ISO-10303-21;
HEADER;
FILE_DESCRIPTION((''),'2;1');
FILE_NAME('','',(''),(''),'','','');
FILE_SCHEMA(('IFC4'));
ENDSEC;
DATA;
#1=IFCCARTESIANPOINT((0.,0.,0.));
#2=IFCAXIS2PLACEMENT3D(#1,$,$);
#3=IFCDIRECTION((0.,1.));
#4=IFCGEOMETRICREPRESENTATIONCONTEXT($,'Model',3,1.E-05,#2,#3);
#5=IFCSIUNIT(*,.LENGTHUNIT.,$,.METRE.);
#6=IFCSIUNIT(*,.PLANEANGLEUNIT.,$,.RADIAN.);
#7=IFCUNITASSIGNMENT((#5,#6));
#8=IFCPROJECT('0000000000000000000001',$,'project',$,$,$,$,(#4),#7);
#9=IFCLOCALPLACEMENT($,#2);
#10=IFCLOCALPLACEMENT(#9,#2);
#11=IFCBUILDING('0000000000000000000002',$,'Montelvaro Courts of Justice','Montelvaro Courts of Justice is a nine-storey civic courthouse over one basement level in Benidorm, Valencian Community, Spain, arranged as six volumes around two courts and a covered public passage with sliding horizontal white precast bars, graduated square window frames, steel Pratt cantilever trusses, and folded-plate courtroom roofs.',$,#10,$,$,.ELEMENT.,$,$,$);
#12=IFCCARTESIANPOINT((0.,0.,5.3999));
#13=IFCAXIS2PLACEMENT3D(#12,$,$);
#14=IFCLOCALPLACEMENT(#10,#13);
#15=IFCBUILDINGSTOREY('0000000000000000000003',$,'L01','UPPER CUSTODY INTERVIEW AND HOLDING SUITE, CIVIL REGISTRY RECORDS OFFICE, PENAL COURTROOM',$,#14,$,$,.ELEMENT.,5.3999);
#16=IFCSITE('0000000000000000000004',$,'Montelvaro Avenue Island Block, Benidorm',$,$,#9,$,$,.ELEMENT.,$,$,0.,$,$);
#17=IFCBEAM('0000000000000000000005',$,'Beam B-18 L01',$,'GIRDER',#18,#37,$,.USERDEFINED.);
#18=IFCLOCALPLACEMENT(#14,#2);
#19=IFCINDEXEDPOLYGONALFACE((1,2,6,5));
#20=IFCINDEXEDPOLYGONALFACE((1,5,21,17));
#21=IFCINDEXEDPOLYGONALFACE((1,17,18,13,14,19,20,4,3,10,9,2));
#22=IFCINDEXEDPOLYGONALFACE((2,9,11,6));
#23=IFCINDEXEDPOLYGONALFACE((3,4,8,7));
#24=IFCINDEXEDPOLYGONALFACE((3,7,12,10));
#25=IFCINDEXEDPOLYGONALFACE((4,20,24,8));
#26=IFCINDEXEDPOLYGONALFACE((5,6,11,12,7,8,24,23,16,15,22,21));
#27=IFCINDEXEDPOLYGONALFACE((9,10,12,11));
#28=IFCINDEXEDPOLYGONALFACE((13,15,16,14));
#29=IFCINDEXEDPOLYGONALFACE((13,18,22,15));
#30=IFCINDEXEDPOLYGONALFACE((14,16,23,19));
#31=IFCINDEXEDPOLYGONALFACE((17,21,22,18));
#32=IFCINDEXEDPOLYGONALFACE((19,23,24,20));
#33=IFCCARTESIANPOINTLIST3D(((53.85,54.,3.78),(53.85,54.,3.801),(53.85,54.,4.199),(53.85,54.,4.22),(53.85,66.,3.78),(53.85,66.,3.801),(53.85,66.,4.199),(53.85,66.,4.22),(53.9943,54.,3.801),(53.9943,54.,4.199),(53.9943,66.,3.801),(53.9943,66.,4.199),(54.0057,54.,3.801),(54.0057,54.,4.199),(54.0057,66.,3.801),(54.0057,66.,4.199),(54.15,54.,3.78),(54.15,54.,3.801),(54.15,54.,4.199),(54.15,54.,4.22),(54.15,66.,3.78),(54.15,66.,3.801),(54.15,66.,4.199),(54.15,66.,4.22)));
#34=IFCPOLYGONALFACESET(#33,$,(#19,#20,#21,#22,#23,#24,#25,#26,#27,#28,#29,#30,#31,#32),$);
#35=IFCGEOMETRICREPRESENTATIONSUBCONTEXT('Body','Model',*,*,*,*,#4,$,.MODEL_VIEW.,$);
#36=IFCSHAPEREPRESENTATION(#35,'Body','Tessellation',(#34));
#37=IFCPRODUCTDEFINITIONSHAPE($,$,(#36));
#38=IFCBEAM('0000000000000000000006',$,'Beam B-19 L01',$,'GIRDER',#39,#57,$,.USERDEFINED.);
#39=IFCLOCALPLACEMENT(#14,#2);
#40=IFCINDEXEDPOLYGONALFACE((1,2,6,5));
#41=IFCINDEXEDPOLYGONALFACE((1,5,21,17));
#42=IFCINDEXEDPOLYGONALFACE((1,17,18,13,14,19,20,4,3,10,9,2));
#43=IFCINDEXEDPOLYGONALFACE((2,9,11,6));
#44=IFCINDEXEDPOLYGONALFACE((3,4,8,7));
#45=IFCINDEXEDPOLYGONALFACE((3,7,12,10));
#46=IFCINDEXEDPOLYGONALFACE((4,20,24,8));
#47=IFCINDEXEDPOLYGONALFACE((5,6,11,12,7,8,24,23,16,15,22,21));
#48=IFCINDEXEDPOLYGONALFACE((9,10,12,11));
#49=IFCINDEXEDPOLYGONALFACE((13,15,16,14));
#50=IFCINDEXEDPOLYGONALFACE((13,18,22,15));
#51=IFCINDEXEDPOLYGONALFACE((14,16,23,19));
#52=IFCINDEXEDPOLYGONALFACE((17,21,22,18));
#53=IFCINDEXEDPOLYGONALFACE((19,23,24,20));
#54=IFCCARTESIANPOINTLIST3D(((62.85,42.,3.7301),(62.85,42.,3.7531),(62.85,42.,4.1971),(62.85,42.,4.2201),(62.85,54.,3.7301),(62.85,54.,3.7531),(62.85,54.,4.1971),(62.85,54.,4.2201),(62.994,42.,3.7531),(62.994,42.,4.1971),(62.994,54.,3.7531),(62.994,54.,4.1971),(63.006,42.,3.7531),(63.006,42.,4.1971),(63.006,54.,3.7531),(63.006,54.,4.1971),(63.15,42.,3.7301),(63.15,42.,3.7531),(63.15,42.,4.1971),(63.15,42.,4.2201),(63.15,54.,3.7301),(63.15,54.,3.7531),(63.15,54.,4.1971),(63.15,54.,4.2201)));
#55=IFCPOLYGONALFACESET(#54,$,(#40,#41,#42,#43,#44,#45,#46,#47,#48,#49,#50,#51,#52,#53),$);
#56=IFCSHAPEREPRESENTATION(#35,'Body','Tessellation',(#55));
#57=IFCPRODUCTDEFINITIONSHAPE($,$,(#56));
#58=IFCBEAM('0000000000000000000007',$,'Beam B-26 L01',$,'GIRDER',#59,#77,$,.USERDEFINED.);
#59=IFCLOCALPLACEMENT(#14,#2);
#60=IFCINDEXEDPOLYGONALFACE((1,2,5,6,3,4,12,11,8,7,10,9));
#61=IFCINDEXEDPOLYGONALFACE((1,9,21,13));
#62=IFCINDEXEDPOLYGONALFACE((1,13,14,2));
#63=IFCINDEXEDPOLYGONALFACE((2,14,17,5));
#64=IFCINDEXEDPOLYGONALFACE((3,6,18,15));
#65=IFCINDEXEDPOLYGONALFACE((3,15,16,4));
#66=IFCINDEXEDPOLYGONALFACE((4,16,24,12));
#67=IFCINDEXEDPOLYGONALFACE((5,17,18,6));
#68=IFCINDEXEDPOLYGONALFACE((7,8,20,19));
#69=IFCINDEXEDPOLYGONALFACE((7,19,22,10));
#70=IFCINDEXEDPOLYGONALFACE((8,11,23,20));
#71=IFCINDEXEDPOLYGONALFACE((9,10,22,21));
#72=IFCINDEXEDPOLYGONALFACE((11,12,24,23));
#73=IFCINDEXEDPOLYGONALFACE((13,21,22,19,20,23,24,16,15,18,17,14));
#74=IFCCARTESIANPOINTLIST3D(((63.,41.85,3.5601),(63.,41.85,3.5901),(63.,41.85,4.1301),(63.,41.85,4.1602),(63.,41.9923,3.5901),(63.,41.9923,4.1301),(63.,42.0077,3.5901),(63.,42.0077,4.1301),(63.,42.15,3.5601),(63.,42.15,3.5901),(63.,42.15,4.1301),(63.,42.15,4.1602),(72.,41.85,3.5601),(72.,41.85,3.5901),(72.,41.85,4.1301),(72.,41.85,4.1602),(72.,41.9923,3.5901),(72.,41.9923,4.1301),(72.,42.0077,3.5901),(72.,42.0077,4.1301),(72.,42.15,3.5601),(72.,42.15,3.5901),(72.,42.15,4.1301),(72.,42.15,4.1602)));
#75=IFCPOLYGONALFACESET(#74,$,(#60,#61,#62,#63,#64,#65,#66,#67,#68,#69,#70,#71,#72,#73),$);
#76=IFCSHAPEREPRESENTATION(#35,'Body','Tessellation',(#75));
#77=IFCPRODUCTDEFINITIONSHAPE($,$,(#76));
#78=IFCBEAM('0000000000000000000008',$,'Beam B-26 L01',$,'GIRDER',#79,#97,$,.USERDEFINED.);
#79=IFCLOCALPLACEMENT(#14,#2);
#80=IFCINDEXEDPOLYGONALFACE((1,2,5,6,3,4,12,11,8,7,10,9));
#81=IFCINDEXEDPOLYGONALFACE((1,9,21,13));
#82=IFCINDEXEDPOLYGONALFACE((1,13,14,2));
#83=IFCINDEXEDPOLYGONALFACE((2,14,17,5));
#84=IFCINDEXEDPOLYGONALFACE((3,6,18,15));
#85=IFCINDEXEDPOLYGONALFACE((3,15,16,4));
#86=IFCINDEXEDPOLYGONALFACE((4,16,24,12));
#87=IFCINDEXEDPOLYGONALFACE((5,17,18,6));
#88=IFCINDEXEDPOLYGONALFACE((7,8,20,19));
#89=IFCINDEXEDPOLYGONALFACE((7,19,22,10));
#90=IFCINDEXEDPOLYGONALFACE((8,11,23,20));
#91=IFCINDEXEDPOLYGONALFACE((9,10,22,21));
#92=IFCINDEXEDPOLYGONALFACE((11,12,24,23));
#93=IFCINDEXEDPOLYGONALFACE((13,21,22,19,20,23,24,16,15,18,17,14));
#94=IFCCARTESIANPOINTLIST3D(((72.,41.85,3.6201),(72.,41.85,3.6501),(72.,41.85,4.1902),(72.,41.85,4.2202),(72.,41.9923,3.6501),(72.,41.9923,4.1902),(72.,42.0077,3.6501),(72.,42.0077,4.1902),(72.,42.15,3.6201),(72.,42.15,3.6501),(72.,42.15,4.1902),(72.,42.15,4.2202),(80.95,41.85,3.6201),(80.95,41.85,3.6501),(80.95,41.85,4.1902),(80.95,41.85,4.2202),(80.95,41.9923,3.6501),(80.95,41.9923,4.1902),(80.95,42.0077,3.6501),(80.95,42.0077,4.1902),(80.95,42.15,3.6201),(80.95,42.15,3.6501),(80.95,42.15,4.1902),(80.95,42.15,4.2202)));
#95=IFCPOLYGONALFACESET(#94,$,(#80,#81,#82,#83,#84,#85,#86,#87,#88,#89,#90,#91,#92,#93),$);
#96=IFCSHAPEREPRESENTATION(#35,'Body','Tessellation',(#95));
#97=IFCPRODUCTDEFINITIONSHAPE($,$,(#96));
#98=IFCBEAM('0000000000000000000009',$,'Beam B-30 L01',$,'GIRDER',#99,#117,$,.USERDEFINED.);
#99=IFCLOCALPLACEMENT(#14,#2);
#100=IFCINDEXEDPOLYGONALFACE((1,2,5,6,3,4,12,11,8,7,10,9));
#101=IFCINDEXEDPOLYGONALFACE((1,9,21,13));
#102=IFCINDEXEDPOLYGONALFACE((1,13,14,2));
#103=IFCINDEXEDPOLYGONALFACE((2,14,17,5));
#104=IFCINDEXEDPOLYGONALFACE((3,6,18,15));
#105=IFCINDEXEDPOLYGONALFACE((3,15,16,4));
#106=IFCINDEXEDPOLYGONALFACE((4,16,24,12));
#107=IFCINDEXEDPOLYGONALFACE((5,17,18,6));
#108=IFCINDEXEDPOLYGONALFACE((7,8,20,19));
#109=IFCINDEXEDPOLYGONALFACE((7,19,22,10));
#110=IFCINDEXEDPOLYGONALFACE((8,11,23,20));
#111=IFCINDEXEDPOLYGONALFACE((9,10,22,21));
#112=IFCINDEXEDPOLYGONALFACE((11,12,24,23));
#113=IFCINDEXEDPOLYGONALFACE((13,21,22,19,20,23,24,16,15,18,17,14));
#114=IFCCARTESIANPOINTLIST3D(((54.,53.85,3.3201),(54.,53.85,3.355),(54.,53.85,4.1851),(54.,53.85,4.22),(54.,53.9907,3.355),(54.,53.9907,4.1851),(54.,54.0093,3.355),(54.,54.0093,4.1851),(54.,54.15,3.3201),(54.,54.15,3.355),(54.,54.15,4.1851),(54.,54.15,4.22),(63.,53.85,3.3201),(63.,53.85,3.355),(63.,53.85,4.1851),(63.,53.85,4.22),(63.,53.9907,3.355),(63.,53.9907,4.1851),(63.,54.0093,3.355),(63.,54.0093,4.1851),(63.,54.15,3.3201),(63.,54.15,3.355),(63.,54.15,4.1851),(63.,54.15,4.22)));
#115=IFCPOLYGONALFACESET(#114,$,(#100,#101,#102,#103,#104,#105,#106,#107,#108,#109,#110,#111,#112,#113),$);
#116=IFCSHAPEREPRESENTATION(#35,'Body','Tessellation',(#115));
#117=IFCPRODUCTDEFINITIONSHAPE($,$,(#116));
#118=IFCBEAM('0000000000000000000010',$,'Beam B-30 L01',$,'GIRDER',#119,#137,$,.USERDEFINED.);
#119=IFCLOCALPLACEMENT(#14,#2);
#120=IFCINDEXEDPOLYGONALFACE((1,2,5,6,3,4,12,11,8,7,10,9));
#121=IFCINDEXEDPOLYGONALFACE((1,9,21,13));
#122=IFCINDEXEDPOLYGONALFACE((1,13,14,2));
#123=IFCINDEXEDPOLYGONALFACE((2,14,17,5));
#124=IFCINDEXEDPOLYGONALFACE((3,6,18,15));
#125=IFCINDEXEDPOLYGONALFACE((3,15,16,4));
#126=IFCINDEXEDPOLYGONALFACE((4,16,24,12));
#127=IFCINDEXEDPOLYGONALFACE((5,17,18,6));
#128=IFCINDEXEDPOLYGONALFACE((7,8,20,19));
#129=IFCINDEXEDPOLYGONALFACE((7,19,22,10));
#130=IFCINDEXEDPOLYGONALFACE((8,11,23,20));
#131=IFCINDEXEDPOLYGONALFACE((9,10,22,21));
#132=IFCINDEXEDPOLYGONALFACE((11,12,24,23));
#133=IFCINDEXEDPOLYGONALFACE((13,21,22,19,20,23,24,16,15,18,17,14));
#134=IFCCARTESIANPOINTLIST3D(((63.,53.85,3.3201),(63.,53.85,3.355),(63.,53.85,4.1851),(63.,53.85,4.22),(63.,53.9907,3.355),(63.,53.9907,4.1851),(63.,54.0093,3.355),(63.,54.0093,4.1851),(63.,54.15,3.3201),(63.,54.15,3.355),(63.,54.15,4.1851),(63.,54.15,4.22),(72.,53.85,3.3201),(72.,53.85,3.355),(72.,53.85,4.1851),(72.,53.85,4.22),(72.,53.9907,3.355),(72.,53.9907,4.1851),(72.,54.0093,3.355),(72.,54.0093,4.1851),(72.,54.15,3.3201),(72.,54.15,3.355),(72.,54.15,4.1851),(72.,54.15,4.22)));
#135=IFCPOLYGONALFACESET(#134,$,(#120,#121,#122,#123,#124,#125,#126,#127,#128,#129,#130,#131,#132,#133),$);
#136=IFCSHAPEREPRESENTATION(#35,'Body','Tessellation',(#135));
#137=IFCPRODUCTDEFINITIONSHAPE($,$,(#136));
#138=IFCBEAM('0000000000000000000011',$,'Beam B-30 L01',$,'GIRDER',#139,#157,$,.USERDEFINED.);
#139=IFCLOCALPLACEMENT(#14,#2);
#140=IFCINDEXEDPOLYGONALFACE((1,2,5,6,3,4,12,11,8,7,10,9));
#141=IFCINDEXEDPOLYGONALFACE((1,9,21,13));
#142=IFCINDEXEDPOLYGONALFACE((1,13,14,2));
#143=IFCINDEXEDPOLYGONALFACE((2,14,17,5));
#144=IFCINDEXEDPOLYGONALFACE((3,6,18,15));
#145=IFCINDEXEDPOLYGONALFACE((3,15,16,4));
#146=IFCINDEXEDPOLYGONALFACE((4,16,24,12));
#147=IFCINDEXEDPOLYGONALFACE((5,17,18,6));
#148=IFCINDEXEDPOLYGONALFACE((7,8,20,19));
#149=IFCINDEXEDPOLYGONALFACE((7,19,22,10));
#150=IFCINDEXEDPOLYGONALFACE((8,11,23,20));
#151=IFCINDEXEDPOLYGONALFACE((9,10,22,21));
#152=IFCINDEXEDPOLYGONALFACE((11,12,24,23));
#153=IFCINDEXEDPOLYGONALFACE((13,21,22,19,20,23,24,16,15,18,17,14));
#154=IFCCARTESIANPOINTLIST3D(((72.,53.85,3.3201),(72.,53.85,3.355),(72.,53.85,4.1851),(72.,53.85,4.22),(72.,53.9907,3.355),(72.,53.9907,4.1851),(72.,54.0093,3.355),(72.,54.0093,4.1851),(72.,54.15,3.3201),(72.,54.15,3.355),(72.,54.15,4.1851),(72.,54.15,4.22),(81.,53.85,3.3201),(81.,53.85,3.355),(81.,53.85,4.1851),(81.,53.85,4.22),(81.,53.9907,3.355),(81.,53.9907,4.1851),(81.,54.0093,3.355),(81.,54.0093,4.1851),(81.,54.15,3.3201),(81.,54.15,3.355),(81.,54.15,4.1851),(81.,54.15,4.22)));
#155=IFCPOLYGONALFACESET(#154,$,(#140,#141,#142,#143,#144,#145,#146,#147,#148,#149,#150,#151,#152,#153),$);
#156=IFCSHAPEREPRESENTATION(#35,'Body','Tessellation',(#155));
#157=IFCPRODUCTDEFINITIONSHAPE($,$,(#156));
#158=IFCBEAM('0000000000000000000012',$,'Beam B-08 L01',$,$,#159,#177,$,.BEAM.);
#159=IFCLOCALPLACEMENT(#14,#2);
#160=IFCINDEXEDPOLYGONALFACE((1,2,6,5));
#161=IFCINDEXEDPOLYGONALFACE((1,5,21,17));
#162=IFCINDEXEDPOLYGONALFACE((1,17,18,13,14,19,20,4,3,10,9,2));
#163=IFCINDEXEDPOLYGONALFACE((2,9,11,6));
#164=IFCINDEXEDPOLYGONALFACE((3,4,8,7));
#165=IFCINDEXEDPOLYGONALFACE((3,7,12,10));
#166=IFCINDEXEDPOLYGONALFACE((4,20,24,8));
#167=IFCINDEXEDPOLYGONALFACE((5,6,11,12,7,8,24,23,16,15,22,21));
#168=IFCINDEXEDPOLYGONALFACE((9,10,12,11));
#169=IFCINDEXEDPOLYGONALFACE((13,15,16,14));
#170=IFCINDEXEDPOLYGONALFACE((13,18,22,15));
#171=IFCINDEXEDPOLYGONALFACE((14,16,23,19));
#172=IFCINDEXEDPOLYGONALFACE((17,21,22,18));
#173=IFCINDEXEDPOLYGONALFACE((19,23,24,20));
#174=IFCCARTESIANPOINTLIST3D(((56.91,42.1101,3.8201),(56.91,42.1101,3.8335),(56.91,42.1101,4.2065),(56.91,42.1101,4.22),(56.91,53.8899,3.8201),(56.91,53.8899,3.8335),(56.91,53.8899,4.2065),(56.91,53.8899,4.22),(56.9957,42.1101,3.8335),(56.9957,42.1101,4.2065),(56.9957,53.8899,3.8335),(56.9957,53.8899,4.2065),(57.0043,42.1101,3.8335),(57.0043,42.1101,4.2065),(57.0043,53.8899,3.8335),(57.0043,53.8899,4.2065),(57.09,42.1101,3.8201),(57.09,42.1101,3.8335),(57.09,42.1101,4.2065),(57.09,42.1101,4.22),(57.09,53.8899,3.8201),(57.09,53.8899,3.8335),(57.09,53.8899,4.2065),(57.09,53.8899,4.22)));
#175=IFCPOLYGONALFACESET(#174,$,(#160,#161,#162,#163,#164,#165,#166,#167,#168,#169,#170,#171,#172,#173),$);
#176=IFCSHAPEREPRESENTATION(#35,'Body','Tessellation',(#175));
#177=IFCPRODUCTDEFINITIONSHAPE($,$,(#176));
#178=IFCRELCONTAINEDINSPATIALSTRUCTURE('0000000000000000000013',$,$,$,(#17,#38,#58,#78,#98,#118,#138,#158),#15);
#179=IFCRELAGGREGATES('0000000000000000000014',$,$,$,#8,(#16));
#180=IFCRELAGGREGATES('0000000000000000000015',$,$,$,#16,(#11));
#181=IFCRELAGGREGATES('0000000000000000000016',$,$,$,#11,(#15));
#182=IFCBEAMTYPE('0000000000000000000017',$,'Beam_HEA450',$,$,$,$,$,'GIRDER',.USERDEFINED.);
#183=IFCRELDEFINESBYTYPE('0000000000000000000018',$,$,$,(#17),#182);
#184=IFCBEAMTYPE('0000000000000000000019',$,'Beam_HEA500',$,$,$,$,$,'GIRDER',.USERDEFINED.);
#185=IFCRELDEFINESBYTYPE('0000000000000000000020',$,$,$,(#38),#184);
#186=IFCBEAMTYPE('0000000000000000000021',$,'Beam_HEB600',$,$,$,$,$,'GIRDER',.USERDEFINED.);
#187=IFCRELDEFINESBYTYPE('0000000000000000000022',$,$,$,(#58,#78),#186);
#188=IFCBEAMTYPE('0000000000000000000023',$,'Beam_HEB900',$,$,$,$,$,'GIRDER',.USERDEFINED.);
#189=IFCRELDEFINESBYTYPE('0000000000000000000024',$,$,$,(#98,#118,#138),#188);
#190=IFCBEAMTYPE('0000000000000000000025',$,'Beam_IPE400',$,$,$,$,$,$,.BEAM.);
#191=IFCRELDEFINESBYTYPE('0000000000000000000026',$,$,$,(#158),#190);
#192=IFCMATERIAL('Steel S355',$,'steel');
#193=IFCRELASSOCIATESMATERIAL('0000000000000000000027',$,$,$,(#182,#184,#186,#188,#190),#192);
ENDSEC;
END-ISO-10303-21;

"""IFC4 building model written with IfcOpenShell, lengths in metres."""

from ifc_helpers import new_model, si_unit, direction, frame, origin, origin_2d, place, context, subcontext, project, spatial, i_section, extrude, material, material_profile, profile_set, type_object, element, save


model = new_model("IFC4")

# Units and contexts
model_context = context("Model", 3, precision=1e-05, world=origin(), true_north=direction((0.0, 1.0)))
body_context = subcontext(model_context, "Body", "Model", "MODEL_VIEW")
ifc_project = project(units=[si_unit("LENGTHUNIT", "METRE"), si_unit("PLANEANGLEUNIT", "RADIAN")], contexts=[model_context])

# Site, building, storey
site_placement = place(None, origin())
site = spatial("IfcSite", under=ifc_project, at=site_placement, Name="Montelvaro Avenue Island Block, Benidorm", CompositionType="ELEMENT", RefElevation=0.0)
building_placement = place(site_placement, origin())
building = spatial("IfcBuilding", under=site, at=building_placement, Name="Montelvaro Courts of Justice", Description="Montelvaro Courts of Justice is a nine-storey civic courthouse over one basement level in Benidorm, Valencian Community, Spain, arranged as six volumes around two courts and a covered public passage with sliding horizontal white precast bars, graduated square window frames, steel Pratt cantilever trusses, and folded-plate courtroom roofs.", CompositionType="ELEMENT")
storey_placement = place(building_placement, frame((0.0, 0.0, 5.3999)))
storey = spatial("IfcBuildingStorey", under=building, at=storey_placement, Name="L01", Description="UPPER CUSTODY INTERVIEW AND HOLDING SUITE, CIVIL REGISTRY RECORDS OFFICE, PENAL COURTROOM", CompositionType="ELEMENT", Elevation=5.3999)

# Shared definitions
ifc_material_1 = material(Name="Steel S355", Category="steel")

# Beams
ifc_material_profile_1 = material_profile(ifc_material_1, i_section(OverallWidth=0.3, OverallDepth=0.4399, WebThickness=0.0115, FlangeThickness=0.021, at=origin_2d()), Name="HEA 450")
ifc_profile_set_1 = profile_set([ifc_material_profile_1], Name="Steel S355")
beam_type_1 = type_object("IfcBeamType", Name="Beam_HEA450", ElementType="GIRDER", PredefinedType="USERDEFINED", material=ifc_profile_set_1)
beam_1_placement = place(storey_placement, frame((54.0, 54.0, 4.0), z_axis=(0.0, 1.0, 0.0), x_axis=(-1.0, 0.0, 0.0)))
element("IfcBeam", 1, at=beam_1_placement, inside=storey, type_object=beam_type_1, Name="Beam B-18 L01", ObjectType="GIRDER", PredefinedType="USERDEFINED", context=body_context, shape_type="SweptSolid", body=[
    extrude(i_section(OverallWidth=0.3, OverallDepth=0.4399, WebThickness=0.0115, FlangeThickness=0.021, at=origin_2d()), origin(), (0.0, 0.0, 1.0), 12.0),
])
ifc_material_profile_2 = material_profile(ifc_material_1, i_section(OverallWidth=0.3, OverallDepth=0.49, WebThickness=0.012, FlangeThickness=0.0229, at=origin_2d()), Name="HEA 500")
ifc_profile_set_2 = profile_set([ifc_material_profile_2], Name="Steel S355")
beam_type_2 = type_object("IfcBeamType", Name="Beam_HEA500", ElementType="GIRDER", PredefinedType="USERDEFINED", material=ifc_profile_set_2)
beam_2_placement = place(storey_placement, frame((63.0, 42.0, 3.9751), z_axis=(0.0, 1.0, 0.0), x_axis=(-1.0, 0.0, 0.0)))
element("IfcBeam", 2, at=beam_2_placement, inside=storey, type_object=beam_type_2, Name="Beam B-19 L01", ObjectType="GIRDER", PredefinedType="USERDEFINED", context=body_context, shape_type="SweptSolid", body=[
    extrude(i_section(OverallWidth=0.3, OverallDepth=0.49, WebThickness=0.012, FlangeThickness=0.0229, at=origin_2d()), origin(), (0.0, 0.0, 1.0), 12.0),
])
ifc_material_profile_3 = material_profile(ifc_material_1, i_section(OverallWidth=0.3, OverallDepth=0.6001, WebThickness=0.0154, FlangeThickness=0.03, at=origin_2d()), Name="HEB 600")
ifc_profile_set_3 = profile_set([ifc_material_profile_3], Name="Steel S355")
beam_type_3 = type_object("IfcBeamType", Name="Beam_HEB600", ElementType="GIRDER", PredefinedType="USERDEFINED", material=ifc_profile_set_3)
beam_3_placement = place(storey_placement, frame((63.0, 42.0, 3.8601), z_axis=(1.0, 0.0, 0.0), x_axis=(0.0, 1.0, 0.0)))
element("IfcBeam", 3, at=beam_3_placement, inside=storey, type_object=beam_type_3, Name="Beam B-26 L01", ObjectType="GIRDER", PredefinedType="USERDEFINED", context=body_context, shape_type="SweptSolid", body=[
    extrude(i_section(OverallWidth=0.3, OverallDepth=0.6001, WebThickness=0.0154, FlangeThickness=0.03, at=origin_2d()), origin(), (0.0, 0.0, 1.0), 9.0),
])
beam_4_placement = place(storey_placement, frame((72.0, 42.0, 3.9202), z_axis=(1.0, 0.0, 0.0), x_axis=(0.0, 1.0, 0.0)))
element("IfcBeam", 4, at=beam_4_placement, inside=storey, type_object=beam_type_3, Name="Beam B-26 L01", ObjectType="GIRDER", PredefinedType="USERDEFINED", context=body_context, shape_type="SweptSolid", body=[
    extrude(i_section(OverallWidth=0.3, OverallDepth=0.6001, WebThickness=0.0154, FlangeThickness=0.03, at=origin_2d()), origin(), (0.0, 0.0, 1.0), 8.95),
])
ifc_material_profile_4 = material_profile(ifc_material_1, i_section(OverallWidth=0.3, OverallDepth=0.8999, WebThickness=0.0186, FlangeThickness=0.0349, at=origin_2d()), Name="HEB 900")
ifc_profile_set_4 = profile_set([ifc_material_profile_4], Name="Steel S355")
beam_type_4 = type_object("IfcBeamType", Name="Beam_HEB900", ElementType="GIRDER", PredefinedType="USERDEFINED", material=ifc_profile_set_4)
for number, where, z_axis, x_axis, name in (
    (5, (54.0, 54.0, 3.77), (1.0, 0.0, 0.0), (0.0, 1.0, 0.0), "Beam B-30 L01"),
    (6, (63.0, 54.0, 3.77), (1.0, 0.0, 0.0), (0.0, 1.0, 0.0), "Beam B-30 L01"),
    (7, (72.0, 54.0, 3.77), (1.0, 0.0, 0.0), (0.0, 1.0, 0.0), "Beam B-30 L01"),
):
    element("IfcBeam", number, at=place(storey_placement, frame(where, z_axis=z_axis, x_axis=x_axis)), inside=storey, type_object=beam_type_4, Name=name, ObjectType="GIRDER", PredefinedType="USERDEFINED", context=body_context, shape_type="SweptSolid", body=[
        extrude(i_section(OverallWidth=0.3, OverallDepth=0.8999, WebThickness=0.0186, FlangeThickness=0.0349, at=origin_2d()), origin(), (0.0, 0.0, 1.0), 9.0),
    ])
ifc_material_profile_5 = material_profile(ifc_material_1, i_section(OverallWidth=0.1799, OverallDepth=0.3999, WebThickness=0.0085, FlangeThickness=0.0134, at=origin_2d()), Name="IPE 400")
ifc_profile_set_5 = profile_set([ifc_material_profile_5], Name="Steel S355")
beam_type_5 = type_object("IfcBeamType", Name="Beam_IPE400", PredefinedType="BEAM", material=ifc_profile_set_5)
beam_5_placement = place(storey_placement, frame((57.0, 42.1101, 4.02), z_axis=(0.0, 1.0, 0.0), x_axis=(-1.0, 0.0, 0.0)))
element("IfcBeam", 8, at=beam_5_placement, inside=storey, type_object=beam_type_5, Name="Beam B-08 L01", PredefinedType="BEAM", context=body_context, shape_type="SweptSolid", body=[
    extrude(i_section(OverallWidth=0.1799, OverallDepth=0.3999, WebThickness=0.0085, FlangeThickness=0.0134, at=origin_2d()), origin(), (0.0, 0.0, 1.0), 11.7798),
])

save(model, "model.ifc")
